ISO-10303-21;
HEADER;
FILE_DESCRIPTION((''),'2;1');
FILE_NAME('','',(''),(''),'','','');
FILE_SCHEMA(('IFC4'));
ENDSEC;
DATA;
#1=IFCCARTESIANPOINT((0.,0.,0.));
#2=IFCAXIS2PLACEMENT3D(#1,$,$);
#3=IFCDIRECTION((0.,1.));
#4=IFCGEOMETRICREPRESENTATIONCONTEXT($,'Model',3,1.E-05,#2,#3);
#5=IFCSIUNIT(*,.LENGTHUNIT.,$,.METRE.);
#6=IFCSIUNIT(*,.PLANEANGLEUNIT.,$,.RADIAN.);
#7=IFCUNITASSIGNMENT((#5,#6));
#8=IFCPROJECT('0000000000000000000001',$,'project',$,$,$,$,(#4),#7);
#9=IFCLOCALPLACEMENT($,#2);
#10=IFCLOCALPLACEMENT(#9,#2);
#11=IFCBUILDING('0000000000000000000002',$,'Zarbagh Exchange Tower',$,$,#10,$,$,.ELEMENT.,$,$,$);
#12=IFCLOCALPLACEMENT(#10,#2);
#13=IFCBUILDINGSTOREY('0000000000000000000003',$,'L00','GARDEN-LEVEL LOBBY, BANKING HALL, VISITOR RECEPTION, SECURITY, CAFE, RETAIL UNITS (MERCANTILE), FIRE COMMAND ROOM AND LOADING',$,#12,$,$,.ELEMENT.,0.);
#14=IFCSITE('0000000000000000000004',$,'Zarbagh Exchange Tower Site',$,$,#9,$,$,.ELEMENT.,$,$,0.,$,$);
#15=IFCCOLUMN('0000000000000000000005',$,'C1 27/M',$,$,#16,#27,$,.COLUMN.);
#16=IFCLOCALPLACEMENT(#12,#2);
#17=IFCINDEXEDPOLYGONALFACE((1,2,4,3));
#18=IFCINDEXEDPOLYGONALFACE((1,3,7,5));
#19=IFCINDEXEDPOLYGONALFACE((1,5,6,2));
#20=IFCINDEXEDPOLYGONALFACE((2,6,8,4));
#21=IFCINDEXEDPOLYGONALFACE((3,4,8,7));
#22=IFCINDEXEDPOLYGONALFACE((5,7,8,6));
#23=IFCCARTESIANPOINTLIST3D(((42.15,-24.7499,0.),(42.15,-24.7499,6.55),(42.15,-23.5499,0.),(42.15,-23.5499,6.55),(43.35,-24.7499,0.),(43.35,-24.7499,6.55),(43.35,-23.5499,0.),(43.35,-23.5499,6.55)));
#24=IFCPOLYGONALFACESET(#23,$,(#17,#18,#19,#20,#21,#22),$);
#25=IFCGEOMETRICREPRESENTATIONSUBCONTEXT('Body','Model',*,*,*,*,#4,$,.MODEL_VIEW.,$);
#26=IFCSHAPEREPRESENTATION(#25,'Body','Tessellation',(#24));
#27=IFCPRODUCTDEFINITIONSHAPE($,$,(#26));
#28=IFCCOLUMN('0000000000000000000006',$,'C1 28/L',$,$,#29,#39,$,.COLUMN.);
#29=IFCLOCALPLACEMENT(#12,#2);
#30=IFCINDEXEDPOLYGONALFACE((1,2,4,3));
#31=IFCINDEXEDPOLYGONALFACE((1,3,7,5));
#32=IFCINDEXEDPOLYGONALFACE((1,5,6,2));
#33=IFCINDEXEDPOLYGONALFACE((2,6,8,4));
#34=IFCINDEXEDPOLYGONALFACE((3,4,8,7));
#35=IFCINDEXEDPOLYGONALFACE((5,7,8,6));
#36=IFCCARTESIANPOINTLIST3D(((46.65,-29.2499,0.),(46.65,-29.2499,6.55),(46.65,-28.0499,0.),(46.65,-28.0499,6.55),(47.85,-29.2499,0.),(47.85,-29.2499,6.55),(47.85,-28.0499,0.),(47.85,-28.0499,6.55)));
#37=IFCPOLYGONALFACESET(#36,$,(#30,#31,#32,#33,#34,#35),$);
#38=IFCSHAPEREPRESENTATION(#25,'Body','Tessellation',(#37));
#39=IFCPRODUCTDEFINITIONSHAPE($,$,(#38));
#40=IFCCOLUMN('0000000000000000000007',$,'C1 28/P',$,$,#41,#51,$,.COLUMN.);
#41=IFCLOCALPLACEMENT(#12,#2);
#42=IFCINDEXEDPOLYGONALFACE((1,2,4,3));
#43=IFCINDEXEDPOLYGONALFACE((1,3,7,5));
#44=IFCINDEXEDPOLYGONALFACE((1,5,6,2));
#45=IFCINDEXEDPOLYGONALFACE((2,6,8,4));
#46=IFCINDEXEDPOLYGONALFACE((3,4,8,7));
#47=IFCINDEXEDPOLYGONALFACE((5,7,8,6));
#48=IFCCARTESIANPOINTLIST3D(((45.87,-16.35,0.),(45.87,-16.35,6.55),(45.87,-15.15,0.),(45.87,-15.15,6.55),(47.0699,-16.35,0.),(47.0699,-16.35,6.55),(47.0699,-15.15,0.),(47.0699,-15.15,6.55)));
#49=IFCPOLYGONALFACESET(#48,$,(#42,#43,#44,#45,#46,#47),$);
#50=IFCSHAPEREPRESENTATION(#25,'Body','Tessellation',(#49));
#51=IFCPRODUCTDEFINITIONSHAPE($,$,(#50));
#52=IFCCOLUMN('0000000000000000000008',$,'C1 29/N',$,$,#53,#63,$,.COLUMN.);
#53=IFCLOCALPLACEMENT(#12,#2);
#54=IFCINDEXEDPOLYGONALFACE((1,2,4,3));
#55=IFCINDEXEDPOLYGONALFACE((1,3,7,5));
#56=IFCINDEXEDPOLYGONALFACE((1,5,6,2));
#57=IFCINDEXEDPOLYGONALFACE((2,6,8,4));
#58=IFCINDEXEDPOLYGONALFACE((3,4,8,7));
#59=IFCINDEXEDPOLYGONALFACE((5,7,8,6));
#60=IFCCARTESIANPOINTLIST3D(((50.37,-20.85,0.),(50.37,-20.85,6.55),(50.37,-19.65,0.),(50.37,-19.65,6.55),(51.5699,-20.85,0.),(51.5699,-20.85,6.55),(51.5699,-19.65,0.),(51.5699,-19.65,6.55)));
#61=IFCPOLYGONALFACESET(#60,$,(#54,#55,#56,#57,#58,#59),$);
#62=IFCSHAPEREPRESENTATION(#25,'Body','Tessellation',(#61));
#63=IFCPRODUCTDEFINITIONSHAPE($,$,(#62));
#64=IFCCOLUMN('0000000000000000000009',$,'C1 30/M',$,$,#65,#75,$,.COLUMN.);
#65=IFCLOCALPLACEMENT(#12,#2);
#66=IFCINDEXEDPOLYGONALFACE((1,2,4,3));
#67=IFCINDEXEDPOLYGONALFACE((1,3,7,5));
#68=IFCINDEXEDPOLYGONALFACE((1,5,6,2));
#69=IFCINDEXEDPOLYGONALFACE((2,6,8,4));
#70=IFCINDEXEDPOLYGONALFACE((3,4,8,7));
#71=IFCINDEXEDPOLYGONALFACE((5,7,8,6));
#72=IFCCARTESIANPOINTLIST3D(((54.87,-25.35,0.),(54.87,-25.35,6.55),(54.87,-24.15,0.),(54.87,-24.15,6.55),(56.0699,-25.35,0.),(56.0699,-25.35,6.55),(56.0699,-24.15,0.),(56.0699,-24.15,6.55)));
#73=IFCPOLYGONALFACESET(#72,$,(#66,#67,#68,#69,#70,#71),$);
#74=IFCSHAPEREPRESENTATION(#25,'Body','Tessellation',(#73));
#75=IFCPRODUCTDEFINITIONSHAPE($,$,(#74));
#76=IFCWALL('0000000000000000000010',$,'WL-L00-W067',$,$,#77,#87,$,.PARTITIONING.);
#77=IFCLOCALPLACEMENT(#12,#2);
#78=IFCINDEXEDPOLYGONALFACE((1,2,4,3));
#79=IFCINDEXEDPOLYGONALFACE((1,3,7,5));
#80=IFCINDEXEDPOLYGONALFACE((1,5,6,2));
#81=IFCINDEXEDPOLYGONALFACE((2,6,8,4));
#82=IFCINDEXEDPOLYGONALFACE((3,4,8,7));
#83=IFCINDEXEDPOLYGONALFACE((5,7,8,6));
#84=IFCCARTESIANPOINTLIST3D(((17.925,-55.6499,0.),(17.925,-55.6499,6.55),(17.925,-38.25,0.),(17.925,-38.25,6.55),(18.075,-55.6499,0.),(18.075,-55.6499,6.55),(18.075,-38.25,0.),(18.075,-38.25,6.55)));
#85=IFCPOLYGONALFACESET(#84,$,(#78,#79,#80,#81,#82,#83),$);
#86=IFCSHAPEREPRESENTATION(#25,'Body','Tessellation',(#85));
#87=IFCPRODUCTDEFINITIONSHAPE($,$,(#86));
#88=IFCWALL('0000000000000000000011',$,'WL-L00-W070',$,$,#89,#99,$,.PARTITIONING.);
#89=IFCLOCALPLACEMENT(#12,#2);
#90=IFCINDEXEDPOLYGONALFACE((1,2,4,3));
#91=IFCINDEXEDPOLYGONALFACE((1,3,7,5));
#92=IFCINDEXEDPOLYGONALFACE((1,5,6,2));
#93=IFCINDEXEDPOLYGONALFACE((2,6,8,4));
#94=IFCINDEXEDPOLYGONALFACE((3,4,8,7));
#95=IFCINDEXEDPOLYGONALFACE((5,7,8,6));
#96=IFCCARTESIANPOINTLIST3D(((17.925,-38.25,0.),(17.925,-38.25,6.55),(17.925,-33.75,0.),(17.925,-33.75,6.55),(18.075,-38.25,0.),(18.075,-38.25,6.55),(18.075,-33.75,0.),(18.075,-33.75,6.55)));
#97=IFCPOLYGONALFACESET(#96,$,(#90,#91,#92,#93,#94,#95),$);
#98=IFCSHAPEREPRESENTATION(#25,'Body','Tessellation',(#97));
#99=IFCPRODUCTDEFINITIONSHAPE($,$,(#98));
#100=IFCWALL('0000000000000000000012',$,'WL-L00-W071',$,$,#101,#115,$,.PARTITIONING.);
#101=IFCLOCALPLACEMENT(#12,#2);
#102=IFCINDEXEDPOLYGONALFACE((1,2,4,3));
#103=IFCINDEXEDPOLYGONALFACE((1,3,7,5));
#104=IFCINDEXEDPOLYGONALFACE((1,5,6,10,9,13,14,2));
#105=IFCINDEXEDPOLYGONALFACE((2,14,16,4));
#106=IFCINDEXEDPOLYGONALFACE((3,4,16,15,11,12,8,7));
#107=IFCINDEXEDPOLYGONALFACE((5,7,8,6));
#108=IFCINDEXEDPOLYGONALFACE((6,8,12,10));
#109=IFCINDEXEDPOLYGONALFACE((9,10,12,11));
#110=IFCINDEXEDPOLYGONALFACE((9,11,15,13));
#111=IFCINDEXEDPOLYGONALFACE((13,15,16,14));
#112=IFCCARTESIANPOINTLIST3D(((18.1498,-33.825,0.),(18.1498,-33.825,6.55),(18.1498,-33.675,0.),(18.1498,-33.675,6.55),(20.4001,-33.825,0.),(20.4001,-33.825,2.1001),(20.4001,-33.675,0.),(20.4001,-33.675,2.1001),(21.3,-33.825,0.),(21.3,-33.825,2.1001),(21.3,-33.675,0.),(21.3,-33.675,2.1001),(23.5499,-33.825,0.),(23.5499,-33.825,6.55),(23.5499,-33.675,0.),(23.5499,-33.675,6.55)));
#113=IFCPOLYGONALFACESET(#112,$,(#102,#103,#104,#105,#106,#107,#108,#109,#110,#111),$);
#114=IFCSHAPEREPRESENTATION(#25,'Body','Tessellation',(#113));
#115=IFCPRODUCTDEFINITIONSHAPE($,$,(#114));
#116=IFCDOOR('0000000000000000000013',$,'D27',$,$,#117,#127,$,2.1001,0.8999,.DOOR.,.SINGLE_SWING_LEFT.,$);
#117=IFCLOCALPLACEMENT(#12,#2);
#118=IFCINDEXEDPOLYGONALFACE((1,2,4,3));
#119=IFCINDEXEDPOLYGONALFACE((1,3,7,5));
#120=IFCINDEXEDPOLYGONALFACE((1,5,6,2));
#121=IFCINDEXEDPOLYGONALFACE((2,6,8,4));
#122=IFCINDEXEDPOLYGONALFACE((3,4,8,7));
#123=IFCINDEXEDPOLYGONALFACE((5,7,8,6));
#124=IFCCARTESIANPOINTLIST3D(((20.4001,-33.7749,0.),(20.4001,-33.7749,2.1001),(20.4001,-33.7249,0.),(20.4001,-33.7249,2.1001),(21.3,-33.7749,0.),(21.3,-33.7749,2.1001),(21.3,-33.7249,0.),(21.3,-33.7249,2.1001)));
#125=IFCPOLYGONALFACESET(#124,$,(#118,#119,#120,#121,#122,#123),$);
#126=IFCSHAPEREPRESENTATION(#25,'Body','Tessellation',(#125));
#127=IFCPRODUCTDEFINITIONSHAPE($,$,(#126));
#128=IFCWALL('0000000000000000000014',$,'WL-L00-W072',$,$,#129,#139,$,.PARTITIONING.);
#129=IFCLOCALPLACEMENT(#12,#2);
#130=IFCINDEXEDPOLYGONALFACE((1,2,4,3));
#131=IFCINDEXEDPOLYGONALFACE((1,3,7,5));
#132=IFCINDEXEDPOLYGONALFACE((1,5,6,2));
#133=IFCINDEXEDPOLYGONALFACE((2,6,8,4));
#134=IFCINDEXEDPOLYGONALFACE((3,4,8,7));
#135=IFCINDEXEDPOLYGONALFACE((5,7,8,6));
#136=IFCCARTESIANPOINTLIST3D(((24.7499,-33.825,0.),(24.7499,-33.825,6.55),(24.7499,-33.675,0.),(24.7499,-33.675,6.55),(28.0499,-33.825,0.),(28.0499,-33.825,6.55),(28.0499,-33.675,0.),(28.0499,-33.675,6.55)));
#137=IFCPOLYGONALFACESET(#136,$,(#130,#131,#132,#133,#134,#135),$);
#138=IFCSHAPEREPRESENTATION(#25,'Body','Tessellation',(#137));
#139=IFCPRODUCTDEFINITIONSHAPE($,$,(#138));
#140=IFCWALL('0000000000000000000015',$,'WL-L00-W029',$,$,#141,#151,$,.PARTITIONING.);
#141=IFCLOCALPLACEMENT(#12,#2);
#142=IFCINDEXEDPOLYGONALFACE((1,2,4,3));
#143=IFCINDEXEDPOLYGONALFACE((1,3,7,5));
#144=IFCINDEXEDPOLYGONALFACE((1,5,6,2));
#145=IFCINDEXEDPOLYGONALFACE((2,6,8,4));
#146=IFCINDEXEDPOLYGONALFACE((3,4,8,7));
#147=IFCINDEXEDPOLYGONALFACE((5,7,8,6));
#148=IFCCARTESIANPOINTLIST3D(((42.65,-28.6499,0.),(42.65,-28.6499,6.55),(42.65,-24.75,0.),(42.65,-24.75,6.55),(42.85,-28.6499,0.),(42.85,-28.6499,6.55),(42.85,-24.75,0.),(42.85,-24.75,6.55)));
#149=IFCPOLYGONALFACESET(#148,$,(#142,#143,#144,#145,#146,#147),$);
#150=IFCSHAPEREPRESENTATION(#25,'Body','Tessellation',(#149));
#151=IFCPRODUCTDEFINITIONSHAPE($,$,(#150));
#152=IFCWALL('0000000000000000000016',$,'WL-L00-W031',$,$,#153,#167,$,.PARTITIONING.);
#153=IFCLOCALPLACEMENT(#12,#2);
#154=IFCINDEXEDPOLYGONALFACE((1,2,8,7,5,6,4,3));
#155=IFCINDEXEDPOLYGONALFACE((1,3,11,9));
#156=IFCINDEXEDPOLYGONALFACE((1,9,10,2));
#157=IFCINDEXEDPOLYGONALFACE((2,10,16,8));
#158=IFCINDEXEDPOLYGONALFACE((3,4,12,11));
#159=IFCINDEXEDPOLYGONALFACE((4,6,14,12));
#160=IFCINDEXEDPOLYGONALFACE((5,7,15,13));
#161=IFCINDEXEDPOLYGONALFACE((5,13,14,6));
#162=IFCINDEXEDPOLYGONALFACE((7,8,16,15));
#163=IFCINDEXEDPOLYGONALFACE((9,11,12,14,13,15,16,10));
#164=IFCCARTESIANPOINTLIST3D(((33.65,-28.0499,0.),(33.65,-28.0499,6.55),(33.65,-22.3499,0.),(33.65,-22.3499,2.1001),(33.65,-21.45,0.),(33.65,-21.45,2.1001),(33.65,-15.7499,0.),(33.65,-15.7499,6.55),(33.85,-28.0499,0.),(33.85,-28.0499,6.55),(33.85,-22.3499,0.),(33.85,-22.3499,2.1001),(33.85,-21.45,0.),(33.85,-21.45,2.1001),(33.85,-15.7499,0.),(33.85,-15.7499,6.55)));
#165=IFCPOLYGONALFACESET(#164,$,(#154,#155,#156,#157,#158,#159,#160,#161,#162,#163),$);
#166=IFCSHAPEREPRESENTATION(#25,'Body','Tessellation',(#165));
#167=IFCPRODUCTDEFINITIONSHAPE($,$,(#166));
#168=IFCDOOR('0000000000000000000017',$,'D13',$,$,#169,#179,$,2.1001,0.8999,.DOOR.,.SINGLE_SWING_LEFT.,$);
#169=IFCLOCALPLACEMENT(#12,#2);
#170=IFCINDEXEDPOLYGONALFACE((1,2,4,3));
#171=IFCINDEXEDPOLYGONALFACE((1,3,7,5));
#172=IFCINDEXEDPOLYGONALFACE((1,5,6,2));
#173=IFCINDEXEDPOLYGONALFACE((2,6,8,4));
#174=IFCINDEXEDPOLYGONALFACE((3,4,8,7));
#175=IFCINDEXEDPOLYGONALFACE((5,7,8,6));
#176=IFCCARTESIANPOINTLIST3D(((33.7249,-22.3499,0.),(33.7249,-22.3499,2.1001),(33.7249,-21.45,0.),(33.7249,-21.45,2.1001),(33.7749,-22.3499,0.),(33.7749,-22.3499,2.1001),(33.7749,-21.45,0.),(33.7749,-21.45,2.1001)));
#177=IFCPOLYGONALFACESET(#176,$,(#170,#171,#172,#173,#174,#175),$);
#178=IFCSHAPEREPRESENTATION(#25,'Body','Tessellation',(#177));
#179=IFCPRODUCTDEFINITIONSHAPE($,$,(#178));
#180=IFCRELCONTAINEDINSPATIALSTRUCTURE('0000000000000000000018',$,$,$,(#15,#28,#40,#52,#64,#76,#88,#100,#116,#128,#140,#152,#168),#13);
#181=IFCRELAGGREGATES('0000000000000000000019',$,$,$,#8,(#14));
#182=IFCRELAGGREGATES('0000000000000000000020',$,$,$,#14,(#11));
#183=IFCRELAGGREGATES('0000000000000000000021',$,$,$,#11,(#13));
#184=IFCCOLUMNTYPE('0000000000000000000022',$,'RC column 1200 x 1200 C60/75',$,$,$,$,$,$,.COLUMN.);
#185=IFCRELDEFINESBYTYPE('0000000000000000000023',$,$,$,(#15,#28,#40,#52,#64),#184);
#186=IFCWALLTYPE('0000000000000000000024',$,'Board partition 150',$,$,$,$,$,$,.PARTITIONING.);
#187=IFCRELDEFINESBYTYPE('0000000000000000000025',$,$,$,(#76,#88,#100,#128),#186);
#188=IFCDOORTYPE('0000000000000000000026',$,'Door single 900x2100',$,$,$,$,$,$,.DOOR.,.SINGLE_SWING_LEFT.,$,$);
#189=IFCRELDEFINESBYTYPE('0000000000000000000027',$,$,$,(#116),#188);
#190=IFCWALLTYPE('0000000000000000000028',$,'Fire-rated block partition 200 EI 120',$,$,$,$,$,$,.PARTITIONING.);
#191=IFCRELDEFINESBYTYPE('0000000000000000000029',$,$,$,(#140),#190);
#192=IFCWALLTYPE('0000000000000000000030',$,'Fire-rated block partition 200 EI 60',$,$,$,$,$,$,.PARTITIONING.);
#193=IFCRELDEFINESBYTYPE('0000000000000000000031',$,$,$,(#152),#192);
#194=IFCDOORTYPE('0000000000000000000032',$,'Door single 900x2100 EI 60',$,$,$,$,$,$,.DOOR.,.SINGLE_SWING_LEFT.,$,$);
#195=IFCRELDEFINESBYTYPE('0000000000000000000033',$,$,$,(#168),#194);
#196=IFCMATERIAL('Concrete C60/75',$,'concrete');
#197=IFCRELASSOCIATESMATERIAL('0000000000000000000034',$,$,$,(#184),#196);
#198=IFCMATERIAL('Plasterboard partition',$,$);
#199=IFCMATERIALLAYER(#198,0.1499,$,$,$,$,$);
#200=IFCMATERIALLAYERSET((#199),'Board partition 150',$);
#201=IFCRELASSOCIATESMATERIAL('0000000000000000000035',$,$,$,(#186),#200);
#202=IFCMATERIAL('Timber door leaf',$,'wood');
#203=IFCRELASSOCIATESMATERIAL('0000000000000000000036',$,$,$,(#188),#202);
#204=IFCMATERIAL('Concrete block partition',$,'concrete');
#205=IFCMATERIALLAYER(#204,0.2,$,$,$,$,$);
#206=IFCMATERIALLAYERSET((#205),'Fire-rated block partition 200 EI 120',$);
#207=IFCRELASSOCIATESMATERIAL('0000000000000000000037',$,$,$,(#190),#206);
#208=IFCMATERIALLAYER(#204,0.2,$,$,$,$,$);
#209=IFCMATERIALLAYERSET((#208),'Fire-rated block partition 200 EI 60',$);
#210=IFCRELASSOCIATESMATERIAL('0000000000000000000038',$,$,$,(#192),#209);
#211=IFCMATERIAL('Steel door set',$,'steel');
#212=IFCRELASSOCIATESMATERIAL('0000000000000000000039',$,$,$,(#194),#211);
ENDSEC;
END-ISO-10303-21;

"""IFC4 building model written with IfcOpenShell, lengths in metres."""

from ifc_helpers import new_model, si_unit, direction, frame, frame_2d, origin, origin_2d, place, context, subcontext, project, spatial, rectangle, extrude, material, layer, layer_set, material_profile, profile_set, type_object, element, fill, save


model = new_model("IFC4")

# Units and contexts
model_context = context("Model", 3, precision=1e-05, world=origin(), true_north=direction((0.0, 1.0)))
body_context = subcontext(model_context, "Body", "Model", "MODEL_VIEW")
ifc_project = project(units=[si_unit("LENGTHUNIT", "METRE"), si_unit("PLANEANGLEUNIT", "RADIAN")], contexts=[model_context])

# Site, building, storey
site_placement = place(None, origin())
site = spatial("IfcSite", under=ifc_project, at=site_placement, Name="Zarbagh Exchange Tower Site", CompositionType="ELEMENT", RefElevation=0.0)
building_placement = place(site_placement, origin())
building = spatial("IfcBuilding", under=site, at=building_placement, Name="Zarbagh Exchange Tower", CompositionType="ELEMENT")
storey_placement = place(building_placement, origin())
storey = spatial("IfcBuildingStorey", under=building, at=storey_placement, Name="L00", Description="GARDEN-LEVEL LOBBY, BANKING HALL, VISITOR RECEPTION, SECURITY, CAFE, RETAIL UNITS (MERCANTILE), FIRE COMMAND ROOM AND LOADING", CompositionType="ELEMENT", Elevation=0.0)

# Columns
ifc_material_1 = material(Name="Concrete C60/75", Category="concrete")
ifc_material_profile = material_profile(ifc_material_1, rectangle(XDim=1.2, YDim=1.2, at=origin_2d()), Name="RC column 1200 x 1200 C60/75")
ifc_profile_set = profile_set([ifc_material_profile], Name="Concrete C60/75")
column_type = type_object("IfcColumnType", Name="RC column 1200 x 1200 C60/75", PredefinedType="COLUMN", material=ifc_profile_set)
for number, where, z_axis, x_axis, name in (
    (1, (42.75, -24.1499, 0.0), (0.0, 0.0, 1.0), (1.0, 0.0, 0.0), "C1 27/M"),
    (2, (47.25, -28.6499, 0.0), (0.0, 0.0, 1.0), (1.0, 0.0, 0.0), "C1 28/L"),
    (3, (46.47, -15.75, 0.0), (0.0, 0.0, 1.0), (1.0, 0.0, 0.0), "C1 28/P"),
    (4, (50.97, -20.25, 0.0), (0.0, 0.0, 1.0), (1.0, 0.0, 0.0), "C1 29/N"),
    (5, (55.47, -24.75, 0.0), (0.0, 0.0, 1.0), (1.0, 0.0, 0.0), "C1 30/M"),
):
    element("IfcColumn", number, at=place(storey_placement, frame(where, z_axis=z_axis, x_axis=x_axis)), inside=storey, type_object=column_type, Name=name, PredefinedType="COLUMN", context=body_context, shape_type="SweptSolid", body=[
        extrude(rectangle(XDim=1.2, YDim=1.2, at=origin_2d()), origin(), (0.0, 0.0, 1.0), 6.55),
    ])

# Walls
ifc_material_2 = material(Name="Plasterboard partition")
ifc_layer_1 = layer(ifc_material_2, 0.1499)
ifc_layer_set_1 = layer_set([ifc_layer_1], Name="Board partition 150")
wall_type_1 = type_object("IfcWallType", Name="Board partition 150", PredefinedType="PARTITIONING", material=ifc_layer_set_1)
wall_1_placement = place(storey_placement, frame((18.0, -38.25, 0.0), z_axis=(0.0, 0.0, 1.0), x_axis=(0.0, -1.0, 0.0)))
element("IfcWall", 6, at=wall_1_placement, inside=storey, type_object=wall_type_1, Name="WL-L00-W067", PredefinedType="PARTITIONING", context=body_context, shape_type="SweptSolid", body=[
    extrude(rectangle(XDim=17.3999, YDim=0.1499, at=frame_2d((8.7, 0.0))), origin(), (0.0, 0.0, 1.0), 6.55),
])
wall_2_placement = place(storey_placement, frame((18.0, -38.25, 0.0), z_axis=(0.0, 0.0, 1.0), x_axis=(0.0, 1.0, 0.0)))
element("IfcWall", 7, at=wall_2_placement, inside=storey, type_object=wall_type_1, Name="WL-L00-W070", PredefinedType="PARTITIONING", context=body_context, shape_type="SweptSolid", body=[
    extrude(rectangle(XDim=4.5, YDim=0.1499, at=frame_2d((2.25, 0.0))), origin(), (0.0, 0.0, 1.0), 6.55),
])

# Wall, opening, door
wall_3_placement = place(storey_placement, frame((23.55, -33.75, 0.0), z_axis=(0.0, 0.0, 1.0), x_axis=(-1.0, 0.0, 0.0)))
wall_3 = element("IfcWall", 8, at=wall_3_placement, inside=storey, type_object=wall_type_1, Name="WL-L00-W071", PredefinedType="PARTITIONING", context=body_context, shape_type="SweptSolid", body=[
    extrude(rectangle(XDim=5.4001, YDim=0.1499, at=frame_2d((2.7002, 0.0))), origin(), (0.0, 0.0, 1.0), 6.55),
])
opening_1_placement = place(wall_3_placement, frame((2.25, 0.0, 0.0)))
opening_1 = element("IfcOpeningElement", 9, at=opening_1_placement, cuts=wall_3, PredefinedType="OPENING", context=body_context, shape_type="SweptSolid", body=[
    extrude(rectangle(XDim=0.8999, YDim=2.1001, at=frame_2d((0.45, 1.05))), frame((0.0, 0.085, 0.0), z_axis=(0.0, -1.0, 0.0), x_axis=(1.0, 0.0, 0.0)), (0.0, 0.0, 1.0), 0.1699),
])
ifc_material_3 = material(Name="Timber door leaf", Category="wood")
door_type_1 = type_object("IfcDoorType", Name="Door single 900x2100", OperationType="SINGLE_SWING_LEFT", PredefinedType="DOOR", material=ifc_material_3)
door_1_placement = place(opening_1_placement, origin())
door_1 = element("IfcDoor", 10, at=door_1_placement, inside=storey, type_object=door_type_1, Name="D27", OperationType="SINGLE_SWING_LEFT", OverallHeight=2.1001, OverallWidth=0.8999, PredefinedType="DOOR", context=body_context, shape_type="SweptSolid", body=[
    extrude(rectangle(XDim=0.8999, YDim=2.1001, at=frame_2d((0.45, 1.05))), frame((0.0, 0.0249, 0.0), z_axis=(0.0, -1.0, 0.0), x_axis=(1.0, 0.0, 0.0)), (0.0, 0.0, 1.0), 0.05),
])
fill(opening_1, door_1)

# Walls
wall_4_placement = place(storey_placement, frame((24.75, -33.75, 0.0), z_axis=(0.0, 0.0, 1.0), x_axis=(1.0, 0.0, 0.0)))
element("IfcWall", 11, at=wall_4_placement, inside=storey, type_object=wall_type_1, Name="WL-L00-W072", PredefinedType="PARTITIONING", context=body_context, shape_type="SweptSolid", body=[
    extrude(rectangle(XDim=3.3, YDim=0.1499, at=frame_2d((1.6499, 0.0))), origin(), (0.0, 0.0, 1.0), 6.55),
])
ifc_material_4 = material(Name="Concrete block partition", Category="concrete")
ifc_layer_2 = layer(ifc_material_4, 0.2)
ifc_layer_set_2 = layer_set([ifc_layer_2], Name="Fire-rated block partition 200 EI 120")
wall_type_2 = type_object("IfcWallType", Name="Fire-rated block partition 200 EI 120", PredefinedType="PARTITIONING", material=ifc_layer_set_2)
wall_5_placement = place(storey_placement, frame((42.75, -28.6499, 0.0), z_axis=(0.0, 0.0, 1.0), x_axis=(0.0, 1.0, 0.0)))
element("IfcWall", 12, at=wall_5_placement, inside=storey, type_object=wall_type_2, Name="WL-L00-W029", PredefinedType="PARTITIONING", context=body_context, shape_type="SweptSolid", body=[
    extrude(rectangle(XDim=3.8999, YDim=0.2, at=frame_2d((1.95, 0.0))), origin(), (0.0, 0.0, 1.0), 6.55),
])

# Wall, opening, door
ifc_layer_3 = layer(ifc_material_4, 0.2)
ifc_layer_set_3 = layer_set([ifc_layer_3], Name="Fire-rated block partition 200 EI 60")
wall_type_3 = type_object("IfcWallType", Name="Fire-rated block partition 200 EI 60", PredefinedType="PARTITIONING", material=ifc_layer_set_3)
wall_6_placement = place(storey_placement, frame((33.75, -15.75, 0.0), z_axis=(0.0, 0.0, 1.0), x_axis=(0.0, -1.0, 0.0)))
wall_6 = element("IfcWall", 13, at=wall_6_placement, inside=storey, type_object=wall_type_3, Name="WL-L00-W031", PredefinedType="PARTITIONING", context=body_context, shape_type="SweptSolid", body=[
    extrude(rectangle(XDim=12.3, YDim=0.2, at=frame_2d((6.1499, 0.0))), origin(), (0.0, 0.0, 1.0), 6.55),
])
opening_2_placement = place(wall_6_placement, frame((5.7, 0.0, 0.0)))
opening_2 = element("IfcOpeningElement", 14, at=opening_2_placement, cuts=wall_6, PredefinedType="OPENING", context=body_context, shape_type="SweptSolid", body=[
    extrude(rectangle(XDim=0.8999, YDim=2.1001, at=frame_2d((0.45, 1.05))), frame((0.0, 0.1099, 0.0), z_axis=(0.0, -1.0, 0.0), x_axis=(1.0, 0.0, 0.0)), (0.0, 0.0, 1.0), 0.22),
])
ifc_material_5 = material(Name="Steel door set", Category="steel")
door_type_2 = type_object("IfcDoorType", Name="Door single 900x2100 EI 60", OperationType="SINGLE_SWING_LEFT", PredefinedType="DOOR", material=ifc_material_5)
door_2_placement = place(opening_2_placement, origin())
door_2 = element("IfcDoor", 15, at=door_2_placement, inside=storey, type_object=door_type_2, Name="D13", OperationType="SINGLE_SWING_LEFT", OverallHeight=2.1001, OverallWidth=0.8999, PredefinedType="DOOR", context=body_context, shape_type="SweptSolid", body=[
    extrude(rectangle(XDim=0.8999, YDim=2.1001, at=frame_2d((0.45, 1.05))), frame((0.0, 0.0249, 0.0), z_axis=(0.0, -1.0, 0.0), x_axis=(1.0, 0.0, 0.0)), (0.0, 0.0, 1.0), 0.05),
])
fill(opening_2, door_2)

save(model, "model.ifc")
